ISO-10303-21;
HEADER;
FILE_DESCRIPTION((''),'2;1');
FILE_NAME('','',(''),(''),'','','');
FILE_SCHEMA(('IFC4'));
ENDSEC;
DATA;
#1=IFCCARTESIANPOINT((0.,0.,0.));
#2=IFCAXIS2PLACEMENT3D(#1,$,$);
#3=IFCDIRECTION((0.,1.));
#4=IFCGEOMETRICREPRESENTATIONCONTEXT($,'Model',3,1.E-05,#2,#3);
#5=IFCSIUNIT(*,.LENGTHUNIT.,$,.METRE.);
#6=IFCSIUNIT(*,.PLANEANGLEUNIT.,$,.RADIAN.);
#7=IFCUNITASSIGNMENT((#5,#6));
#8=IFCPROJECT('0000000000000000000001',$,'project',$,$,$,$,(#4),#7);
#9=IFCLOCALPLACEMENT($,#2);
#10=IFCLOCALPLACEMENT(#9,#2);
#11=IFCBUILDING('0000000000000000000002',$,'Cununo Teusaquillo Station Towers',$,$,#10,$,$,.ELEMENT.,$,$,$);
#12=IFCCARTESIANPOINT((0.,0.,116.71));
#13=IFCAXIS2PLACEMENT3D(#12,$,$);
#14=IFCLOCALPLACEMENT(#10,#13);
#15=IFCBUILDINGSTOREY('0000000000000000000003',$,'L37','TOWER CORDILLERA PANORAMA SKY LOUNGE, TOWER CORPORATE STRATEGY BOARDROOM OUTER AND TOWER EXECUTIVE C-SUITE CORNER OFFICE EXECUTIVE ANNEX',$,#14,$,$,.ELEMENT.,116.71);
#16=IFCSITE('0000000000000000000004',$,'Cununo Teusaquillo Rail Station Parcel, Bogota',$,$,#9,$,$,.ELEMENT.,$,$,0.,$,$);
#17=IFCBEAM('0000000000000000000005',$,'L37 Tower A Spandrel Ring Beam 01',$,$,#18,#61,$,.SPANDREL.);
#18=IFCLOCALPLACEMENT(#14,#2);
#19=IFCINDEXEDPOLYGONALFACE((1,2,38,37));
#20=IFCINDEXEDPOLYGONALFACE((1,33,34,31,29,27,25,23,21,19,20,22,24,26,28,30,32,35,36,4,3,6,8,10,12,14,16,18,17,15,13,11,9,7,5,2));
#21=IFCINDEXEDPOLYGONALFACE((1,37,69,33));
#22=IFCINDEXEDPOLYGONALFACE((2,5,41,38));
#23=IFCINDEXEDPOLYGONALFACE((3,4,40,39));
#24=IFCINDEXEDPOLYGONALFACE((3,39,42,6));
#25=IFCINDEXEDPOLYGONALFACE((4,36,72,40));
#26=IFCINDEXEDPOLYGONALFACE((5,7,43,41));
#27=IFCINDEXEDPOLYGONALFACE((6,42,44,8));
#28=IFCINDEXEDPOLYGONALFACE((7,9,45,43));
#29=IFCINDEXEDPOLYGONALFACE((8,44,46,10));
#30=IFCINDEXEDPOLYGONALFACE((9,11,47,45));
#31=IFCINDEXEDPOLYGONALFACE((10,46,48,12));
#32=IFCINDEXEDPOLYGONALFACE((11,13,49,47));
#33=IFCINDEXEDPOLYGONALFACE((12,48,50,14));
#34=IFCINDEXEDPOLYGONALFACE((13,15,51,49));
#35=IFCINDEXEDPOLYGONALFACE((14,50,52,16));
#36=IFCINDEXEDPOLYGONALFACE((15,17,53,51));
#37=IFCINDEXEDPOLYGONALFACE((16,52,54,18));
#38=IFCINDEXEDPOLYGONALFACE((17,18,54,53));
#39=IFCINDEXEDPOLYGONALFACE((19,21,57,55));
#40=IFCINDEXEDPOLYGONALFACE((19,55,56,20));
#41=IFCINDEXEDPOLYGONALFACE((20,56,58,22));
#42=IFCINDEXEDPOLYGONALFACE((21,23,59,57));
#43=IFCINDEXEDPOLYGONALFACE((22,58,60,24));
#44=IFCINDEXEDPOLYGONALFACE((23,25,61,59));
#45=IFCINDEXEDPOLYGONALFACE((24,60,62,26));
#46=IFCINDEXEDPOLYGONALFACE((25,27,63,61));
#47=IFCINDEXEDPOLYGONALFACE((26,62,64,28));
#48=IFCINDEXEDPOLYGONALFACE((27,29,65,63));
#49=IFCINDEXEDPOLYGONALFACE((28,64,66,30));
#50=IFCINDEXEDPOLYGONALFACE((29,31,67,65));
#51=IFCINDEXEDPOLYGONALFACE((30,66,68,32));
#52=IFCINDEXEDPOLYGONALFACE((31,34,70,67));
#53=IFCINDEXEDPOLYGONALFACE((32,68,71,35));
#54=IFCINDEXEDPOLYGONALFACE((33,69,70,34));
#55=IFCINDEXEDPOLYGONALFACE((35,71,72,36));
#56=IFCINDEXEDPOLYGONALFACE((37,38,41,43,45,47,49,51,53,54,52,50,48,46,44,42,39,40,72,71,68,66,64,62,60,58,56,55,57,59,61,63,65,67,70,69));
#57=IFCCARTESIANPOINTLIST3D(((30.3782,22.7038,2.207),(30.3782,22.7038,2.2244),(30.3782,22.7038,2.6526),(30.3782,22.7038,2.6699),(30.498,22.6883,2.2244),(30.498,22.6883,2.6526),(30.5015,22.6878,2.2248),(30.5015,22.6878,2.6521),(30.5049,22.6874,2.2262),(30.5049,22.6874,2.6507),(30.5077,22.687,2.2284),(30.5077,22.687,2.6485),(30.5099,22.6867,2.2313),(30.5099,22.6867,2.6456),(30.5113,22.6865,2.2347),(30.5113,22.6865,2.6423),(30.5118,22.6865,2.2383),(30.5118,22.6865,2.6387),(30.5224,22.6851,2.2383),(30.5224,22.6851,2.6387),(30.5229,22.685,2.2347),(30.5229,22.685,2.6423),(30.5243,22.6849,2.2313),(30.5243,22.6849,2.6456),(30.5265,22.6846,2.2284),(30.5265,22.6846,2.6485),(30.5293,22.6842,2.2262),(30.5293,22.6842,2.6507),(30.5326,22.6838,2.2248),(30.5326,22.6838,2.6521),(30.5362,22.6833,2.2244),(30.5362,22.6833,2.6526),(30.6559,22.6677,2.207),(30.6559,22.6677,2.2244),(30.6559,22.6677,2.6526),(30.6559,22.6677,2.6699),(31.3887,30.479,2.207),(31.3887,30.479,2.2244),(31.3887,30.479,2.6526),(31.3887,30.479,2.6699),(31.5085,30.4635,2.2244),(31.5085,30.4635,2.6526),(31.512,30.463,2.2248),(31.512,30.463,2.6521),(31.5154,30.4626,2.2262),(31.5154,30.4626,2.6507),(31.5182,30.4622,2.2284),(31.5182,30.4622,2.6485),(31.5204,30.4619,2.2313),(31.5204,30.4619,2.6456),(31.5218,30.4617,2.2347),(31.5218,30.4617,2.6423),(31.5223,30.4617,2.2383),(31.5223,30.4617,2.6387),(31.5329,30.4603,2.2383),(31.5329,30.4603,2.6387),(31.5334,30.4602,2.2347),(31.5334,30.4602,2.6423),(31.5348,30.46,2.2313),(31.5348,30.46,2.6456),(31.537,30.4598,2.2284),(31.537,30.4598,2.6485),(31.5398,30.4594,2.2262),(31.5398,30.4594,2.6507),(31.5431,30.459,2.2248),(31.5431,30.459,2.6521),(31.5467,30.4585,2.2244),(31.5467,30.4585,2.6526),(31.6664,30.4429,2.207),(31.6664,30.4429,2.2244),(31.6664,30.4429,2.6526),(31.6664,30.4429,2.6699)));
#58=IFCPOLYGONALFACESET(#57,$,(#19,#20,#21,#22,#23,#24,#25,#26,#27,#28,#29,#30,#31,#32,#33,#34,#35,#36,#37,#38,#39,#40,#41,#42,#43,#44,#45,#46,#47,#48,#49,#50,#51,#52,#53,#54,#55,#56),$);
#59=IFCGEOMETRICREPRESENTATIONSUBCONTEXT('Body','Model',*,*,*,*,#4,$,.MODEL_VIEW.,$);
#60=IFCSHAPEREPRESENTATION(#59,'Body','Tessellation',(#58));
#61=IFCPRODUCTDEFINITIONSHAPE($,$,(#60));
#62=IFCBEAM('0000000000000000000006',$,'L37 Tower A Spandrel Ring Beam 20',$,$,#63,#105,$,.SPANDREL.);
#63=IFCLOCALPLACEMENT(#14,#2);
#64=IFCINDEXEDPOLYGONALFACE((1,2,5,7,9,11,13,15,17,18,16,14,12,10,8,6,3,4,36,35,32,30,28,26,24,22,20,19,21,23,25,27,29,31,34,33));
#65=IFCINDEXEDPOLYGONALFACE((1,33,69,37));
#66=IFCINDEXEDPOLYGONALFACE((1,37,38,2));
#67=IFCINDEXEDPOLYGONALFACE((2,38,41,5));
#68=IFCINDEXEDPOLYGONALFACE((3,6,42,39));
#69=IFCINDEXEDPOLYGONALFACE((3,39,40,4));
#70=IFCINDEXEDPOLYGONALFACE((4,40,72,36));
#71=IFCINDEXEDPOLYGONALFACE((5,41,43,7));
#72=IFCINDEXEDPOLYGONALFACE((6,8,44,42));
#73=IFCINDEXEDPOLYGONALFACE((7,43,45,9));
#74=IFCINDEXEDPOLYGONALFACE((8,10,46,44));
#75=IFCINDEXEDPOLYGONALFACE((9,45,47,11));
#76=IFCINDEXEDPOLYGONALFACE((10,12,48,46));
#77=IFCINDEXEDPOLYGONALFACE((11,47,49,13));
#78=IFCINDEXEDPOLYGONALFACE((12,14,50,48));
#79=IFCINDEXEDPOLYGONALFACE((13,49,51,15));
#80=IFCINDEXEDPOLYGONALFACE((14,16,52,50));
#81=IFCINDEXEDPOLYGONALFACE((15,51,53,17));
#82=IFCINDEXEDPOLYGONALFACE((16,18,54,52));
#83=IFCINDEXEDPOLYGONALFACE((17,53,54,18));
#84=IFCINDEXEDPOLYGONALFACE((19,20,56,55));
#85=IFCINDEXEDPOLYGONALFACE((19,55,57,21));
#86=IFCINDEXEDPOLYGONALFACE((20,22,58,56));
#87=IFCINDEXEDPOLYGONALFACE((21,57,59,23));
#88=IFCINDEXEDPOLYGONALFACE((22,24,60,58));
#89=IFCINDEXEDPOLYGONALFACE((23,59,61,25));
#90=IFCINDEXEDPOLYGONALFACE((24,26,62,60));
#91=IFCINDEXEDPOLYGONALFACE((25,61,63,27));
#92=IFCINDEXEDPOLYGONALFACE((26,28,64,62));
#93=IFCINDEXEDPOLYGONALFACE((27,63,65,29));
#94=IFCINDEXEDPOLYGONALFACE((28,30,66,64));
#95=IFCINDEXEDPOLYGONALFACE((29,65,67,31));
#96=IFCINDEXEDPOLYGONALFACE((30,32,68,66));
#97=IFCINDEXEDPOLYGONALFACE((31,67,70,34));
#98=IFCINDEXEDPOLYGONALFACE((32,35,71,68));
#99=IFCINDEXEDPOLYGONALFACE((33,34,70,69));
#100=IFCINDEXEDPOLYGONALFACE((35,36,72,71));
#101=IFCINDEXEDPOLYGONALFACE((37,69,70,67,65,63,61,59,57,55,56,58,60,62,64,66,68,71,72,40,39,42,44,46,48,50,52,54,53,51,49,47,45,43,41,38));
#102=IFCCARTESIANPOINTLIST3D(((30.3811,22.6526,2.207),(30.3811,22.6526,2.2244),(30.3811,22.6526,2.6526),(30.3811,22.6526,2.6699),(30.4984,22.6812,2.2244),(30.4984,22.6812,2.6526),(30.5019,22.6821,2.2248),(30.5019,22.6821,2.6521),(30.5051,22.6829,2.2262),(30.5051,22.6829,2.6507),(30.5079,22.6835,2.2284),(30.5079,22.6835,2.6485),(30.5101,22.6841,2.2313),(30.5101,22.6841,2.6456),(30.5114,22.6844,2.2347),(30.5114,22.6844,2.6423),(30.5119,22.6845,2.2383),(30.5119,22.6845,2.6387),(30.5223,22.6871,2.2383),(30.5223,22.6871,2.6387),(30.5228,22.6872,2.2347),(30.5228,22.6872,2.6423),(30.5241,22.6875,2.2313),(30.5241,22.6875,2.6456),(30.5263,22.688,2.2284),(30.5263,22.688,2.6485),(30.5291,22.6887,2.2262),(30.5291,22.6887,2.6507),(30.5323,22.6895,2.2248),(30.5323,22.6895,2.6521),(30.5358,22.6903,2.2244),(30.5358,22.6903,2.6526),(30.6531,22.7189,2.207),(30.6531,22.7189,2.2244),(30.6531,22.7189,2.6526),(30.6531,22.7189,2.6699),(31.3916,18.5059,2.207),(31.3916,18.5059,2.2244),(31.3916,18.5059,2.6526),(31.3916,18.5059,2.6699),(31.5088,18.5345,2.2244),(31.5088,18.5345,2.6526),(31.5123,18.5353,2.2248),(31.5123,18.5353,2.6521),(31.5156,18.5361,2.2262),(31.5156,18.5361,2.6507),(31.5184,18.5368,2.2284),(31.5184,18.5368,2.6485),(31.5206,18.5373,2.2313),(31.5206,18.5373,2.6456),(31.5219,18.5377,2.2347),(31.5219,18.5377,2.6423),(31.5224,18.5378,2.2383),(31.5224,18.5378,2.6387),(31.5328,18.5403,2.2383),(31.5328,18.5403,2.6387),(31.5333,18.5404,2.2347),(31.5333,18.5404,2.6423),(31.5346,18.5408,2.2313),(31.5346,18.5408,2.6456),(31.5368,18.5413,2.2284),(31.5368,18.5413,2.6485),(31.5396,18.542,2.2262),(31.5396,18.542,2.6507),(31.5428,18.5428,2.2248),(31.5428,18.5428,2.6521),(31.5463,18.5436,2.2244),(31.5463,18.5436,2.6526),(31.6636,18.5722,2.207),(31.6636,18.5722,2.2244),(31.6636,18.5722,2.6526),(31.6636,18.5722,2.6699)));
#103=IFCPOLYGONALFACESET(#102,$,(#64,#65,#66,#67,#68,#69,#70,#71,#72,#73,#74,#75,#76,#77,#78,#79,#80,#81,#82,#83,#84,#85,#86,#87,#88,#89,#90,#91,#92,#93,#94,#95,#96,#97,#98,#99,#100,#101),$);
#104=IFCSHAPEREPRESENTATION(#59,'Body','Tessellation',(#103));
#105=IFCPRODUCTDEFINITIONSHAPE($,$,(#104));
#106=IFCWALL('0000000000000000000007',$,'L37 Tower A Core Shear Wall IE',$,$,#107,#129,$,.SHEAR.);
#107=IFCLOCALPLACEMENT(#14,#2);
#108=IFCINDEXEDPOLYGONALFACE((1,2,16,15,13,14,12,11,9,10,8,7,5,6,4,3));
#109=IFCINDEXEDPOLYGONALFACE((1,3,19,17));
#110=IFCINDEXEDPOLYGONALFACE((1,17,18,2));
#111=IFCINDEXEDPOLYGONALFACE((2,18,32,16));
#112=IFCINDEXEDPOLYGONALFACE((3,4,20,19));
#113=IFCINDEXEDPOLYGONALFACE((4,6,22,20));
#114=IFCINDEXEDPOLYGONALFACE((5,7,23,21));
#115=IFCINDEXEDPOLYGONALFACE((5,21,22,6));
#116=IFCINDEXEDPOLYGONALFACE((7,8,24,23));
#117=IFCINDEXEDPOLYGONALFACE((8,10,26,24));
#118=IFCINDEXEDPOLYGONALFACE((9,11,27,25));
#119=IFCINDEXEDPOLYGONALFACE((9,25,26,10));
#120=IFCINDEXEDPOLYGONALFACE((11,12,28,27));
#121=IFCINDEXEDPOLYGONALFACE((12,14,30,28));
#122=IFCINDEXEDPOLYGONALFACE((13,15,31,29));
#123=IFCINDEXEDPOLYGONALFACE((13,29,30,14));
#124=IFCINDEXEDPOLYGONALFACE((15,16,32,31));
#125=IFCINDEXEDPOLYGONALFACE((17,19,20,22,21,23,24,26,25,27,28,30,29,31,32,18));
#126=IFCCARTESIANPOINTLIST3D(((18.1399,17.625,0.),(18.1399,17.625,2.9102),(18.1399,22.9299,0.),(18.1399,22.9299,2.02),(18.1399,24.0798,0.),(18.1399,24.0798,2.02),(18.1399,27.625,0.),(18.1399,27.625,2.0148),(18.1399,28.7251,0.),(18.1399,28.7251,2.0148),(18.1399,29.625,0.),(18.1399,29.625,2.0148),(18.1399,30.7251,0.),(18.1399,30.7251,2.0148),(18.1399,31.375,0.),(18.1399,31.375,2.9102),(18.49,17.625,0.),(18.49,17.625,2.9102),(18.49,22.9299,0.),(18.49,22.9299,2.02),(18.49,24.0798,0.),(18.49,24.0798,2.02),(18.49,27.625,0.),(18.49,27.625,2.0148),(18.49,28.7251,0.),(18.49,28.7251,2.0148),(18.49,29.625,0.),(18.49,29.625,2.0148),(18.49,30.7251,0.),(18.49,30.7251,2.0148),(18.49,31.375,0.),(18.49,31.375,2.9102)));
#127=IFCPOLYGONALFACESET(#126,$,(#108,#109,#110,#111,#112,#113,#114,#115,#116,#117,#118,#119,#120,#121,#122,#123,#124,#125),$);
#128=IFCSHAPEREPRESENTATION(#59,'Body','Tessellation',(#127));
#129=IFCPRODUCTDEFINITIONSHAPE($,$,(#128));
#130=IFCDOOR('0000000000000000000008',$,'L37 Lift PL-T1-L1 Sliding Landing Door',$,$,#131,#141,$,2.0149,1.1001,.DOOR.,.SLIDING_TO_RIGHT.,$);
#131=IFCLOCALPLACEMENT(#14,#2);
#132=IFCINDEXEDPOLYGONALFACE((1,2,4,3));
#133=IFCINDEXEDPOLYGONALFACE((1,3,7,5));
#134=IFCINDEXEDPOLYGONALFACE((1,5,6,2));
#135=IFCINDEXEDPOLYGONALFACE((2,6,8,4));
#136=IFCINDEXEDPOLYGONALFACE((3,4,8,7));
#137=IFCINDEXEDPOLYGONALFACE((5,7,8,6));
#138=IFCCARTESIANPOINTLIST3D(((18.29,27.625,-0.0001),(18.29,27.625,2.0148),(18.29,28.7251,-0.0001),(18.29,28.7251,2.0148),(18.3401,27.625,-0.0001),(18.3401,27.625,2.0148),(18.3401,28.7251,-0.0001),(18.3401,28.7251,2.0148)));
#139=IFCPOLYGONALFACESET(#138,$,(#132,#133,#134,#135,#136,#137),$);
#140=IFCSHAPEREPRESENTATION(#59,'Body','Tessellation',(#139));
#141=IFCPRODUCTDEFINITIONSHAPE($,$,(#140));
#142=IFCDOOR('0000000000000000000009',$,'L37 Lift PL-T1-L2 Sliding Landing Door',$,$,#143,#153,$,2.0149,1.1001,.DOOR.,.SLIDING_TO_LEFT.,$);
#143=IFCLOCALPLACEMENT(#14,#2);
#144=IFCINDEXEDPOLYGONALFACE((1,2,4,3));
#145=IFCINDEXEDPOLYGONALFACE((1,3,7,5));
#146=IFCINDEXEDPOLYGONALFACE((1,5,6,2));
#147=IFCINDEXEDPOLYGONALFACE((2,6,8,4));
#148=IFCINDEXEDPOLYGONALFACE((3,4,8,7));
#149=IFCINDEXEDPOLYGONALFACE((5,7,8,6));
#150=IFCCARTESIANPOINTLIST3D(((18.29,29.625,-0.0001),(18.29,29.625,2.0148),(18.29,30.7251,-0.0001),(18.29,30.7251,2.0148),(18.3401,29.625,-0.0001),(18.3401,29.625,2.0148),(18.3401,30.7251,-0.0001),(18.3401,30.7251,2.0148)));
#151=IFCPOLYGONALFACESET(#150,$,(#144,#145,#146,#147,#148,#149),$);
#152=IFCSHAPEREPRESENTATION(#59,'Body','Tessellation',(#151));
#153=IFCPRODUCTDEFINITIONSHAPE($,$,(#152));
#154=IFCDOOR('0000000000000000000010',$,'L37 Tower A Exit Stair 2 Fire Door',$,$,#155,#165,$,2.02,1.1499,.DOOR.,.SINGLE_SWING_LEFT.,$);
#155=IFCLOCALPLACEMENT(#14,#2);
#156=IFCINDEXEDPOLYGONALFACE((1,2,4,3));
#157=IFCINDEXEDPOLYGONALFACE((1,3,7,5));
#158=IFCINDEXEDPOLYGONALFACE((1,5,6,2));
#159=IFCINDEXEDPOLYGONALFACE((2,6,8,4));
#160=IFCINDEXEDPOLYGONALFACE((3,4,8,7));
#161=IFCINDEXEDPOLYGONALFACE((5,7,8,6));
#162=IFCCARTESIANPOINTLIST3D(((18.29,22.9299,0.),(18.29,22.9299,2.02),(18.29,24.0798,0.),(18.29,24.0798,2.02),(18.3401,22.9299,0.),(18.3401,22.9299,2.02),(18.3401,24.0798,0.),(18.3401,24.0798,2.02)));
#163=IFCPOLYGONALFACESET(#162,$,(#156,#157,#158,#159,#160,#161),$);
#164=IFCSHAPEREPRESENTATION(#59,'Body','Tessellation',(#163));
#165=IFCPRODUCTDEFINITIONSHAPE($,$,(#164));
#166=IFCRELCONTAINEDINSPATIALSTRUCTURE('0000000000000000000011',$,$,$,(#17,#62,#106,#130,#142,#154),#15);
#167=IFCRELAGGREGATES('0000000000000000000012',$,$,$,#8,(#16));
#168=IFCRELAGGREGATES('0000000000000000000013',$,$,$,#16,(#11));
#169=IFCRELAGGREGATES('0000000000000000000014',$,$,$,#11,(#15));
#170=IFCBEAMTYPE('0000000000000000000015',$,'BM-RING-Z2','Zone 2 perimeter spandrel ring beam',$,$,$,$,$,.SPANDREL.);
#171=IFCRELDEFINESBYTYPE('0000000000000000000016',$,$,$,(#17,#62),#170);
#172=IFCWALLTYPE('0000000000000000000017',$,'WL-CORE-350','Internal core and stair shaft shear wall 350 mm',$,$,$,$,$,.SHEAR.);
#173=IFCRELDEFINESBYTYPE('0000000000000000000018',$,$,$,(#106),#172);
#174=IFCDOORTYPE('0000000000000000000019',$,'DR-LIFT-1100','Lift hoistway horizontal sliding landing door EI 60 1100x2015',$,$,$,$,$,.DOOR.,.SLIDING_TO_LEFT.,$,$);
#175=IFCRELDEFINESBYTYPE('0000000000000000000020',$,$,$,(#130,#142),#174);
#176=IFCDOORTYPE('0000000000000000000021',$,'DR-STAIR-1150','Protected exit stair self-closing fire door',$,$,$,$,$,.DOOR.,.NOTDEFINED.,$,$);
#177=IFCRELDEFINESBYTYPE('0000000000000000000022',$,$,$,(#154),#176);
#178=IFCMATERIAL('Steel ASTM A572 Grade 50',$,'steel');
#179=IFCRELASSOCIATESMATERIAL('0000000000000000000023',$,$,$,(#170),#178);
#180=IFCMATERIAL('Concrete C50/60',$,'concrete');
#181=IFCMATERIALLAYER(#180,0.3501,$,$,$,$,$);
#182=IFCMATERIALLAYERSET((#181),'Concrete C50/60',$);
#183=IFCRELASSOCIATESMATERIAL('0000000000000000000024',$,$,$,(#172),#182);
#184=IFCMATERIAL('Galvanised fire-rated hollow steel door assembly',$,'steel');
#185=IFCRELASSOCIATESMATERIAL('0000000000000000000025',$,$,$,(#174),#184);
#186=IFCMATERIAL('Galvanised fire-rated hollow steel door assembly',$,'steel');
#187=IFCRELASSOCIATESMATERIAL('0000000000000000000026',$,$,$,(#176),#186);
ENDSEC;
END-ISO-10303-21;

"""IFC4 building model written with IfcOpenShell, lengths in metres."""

from ifc_helpers import new_model, si_unit, direction, frame, frame_2d, origin, origin_2d, place, context, subcontext, project, spatial, rectangle, i_section, extrude, source, transform, mapped, material, layer, layer_set, material_profile, profile_set, type_object, element, fill, save


model = new_model("IFC4")

# Units and contexts
model_context = context("Model", 3, precision=1e-05, world=origin(), true_north=direction((0.0, 1.0)))
body_context = subcontext(model_context, "Body", "Model", "MODEL_VIEW")
ifc_project = project(units=[si_unit("LENGTHUNIT", "METRE"), si_unit("PLANEANGLEUNIT", "RADIAN")], contexts=[model_context])

# Site, building, storey
site_placement = place(None, origin())
site = spatial("IfcSite", under=ifc_project, at=site_placement, Name="Cununo Teusaquillo Rail Station Parcel, Bogota", CompositionType="ELEMENT", RefElevation=0.0)
building_placement = place(site_placement, origin())
building = spatial("IfcBuilding", under=site, at=building_placement, Name="Cununo Teusaquillo Station Towers", CompositionType="ELEMENT")
storey_placement = place(building_placement, frame((0.0, 0.0, 116.71)))
storey = spatial("IfcBuildingStorey", under=building, at=storey_placement, Name="L37", Description="TOWER CORDILLERA PANORAMA SKY LOUNGE, TOWER CORPORATE STRATEGY BOARDROOM OUTER AND TOWER EXECUTIVE C-SUITE CORNER OFFICE EXECUTIVE ANNEX", CompositionType="ELEMENT", Elevation=116.71)

# Beams
ifc_material_1 = material(Name="Steel ASTM A572 Grade 50", Category="steel")
ifc_material_profile_1 = material_profile(ifc_material_1, i_section(OverallWidth=0.28, OverallDepth=0.4629, WebThickness=0.0107, FlangeThickness=0.0173, FilletRadius=0.0139, at=origin_2d()), Name="W18X76")
ifc_profile_set_1 = profile_set([ifc_material_profile_1], Name="Steel ASTM A572 Grade 50")
beam_type_1 = type_object("IfcBeamType", Name="BM-RING-Z2", Description="Zone 2 perimeter spandrel ring beam", PredefinedType="SPANDREL", material=ifc_profile_set_1)
beam_1_placement = place(storey_placement, frame((30.5171, 22.6858, 2.4385), z_axis=(0.128881, 0.99166, 0.0), x_axis=(-0.99166, 0.128881, 0.0)))
element("IfcBeam", 1, at=beam_1_placement, inside=storey, type_object=beam_type_1, Name="L37 Tower A Spandrel Ring Beam 01", PredefinedType="SPANDREL", context=body_context, shape_type="SweptSolid", body=[
    extrude(i_section(OverallWidth=0.28, OverallDepth=0.4629, WebThickness=0.0107, FlangeThickness=0.0173, FilletRadius=0.0139, at=origin_2d()), origin(), (0.0, 0.0, 1.0), 7.8406),
])
beam_2_placement = place(storey_placement, frame((31.5276, 18.5391, 2.4385), z_axis=(-0.236757, 0.971569, 0.0), x_axis=(-0.971569, -0.236757, 0.0)))
element("IfcBeam", 2, at=beam_2_placement, inside=storey, type_object=beam_type_1, Name="L37 Tower A Spandrel Ring Beam 20", PredefinedType="SPANDREL", context=body_context, shape_type="SweptSolid", body=[
    extrude(i_section(OverallWidth=0.28, OverallDepth=0.4629, WebThickness=0.0107, FlangeThickness=0.0173, FilletRadius=0.0139, at=origin_2d()), origin(), (0.0, 0.0, 1.0), 4.2681),
])

# Wall, openings, doors
ifc_material_2 = material(Name="Concrete C50/60", Category="concrete")
ifc_layer_1 = layer(ifc_material_2, 0.3501)
ifc_layer_set_1 = layer_set([ifc_layer_1], Name="Concrete C50/60")
wall_type_1 = type_object("IfcWallType", Name="WL-CORE-350", Description="Internal core and stair shaft shear wall 350 mm", PredefinedType="SHEAR", material=ifc_layer_set_1)
wall_1_placement = place(storey_placement, frame((18.3149, 17.625, 0.0), z_axis=(0.0, 0.0, 1.0), x_axis=(0.0, 1.0, 0.0)))
wall_1 = element("IfcWall", 3, at=wall_1_placement, inside=storey, type_object=wall_type_1, Name="L37 Tower A Core Shear Wall IE", PredefinedType="SHEAR", context=body_context, shape_type="SweptSolid", body=[
    extrude(rectangle(XDim=13.75, YDim=0.3501, at=frame_2d((6.875, 0.0))), origin(), (0.0, 0.0, 1.0), 2.9102),
])
shared_shape_1 = source(origin(), body_context, "Body", "SweptSolid", [
    extrude(rectangle(XDim=1.1001, YDim=2.0149, at=frame_2d((0.55, 1.0073))), frame((0.0, 0.1851, 0.0), z_axis=(0.0, -1.0, 0.0), x_axis=(1.0, 0.0, 0.0)), (0.0, 0.0, 1.0), 0.3701),
])
opening_1_placement = place(wall_1_placement, frame((10.0, 0.0, 0.0)))
opening_1 = element("IfcOpeningElement", 4, at=opening_1_placement, cuts=wall_1, PredefinedType="OPENING", context=body_context, shape_type="MappedRepresentation", body=[
    mapped(shared_shape_1, transform((0.0, 0.0, 0.0), x_axis=(1.0, 0.0, 0.0), y_axis=(0.0, 1.0, 0.0), z_axis=(0.0, 0.0, 1.0), scale=1.0)),
])
opening_2_placement = place(wall_1_placement, frame((12.0, 0.0, 0.0)))
opening_2 = element("IfcOpeningElement", 5, at=opening_2_placement, cuts=wall_1, PredefinedType="OPENING", context=body_context, shape_type="MappedRepresentation", body=[
    mapped(shared_shape_1, transform((0.0, 0.0, 0.0), x_axis=(1.0, 0.0, 0.0), y_axis=(0.0, 1.0, 0.0), z_axis=(0.0, 0.0, 1.0), scale=1.0)),
])
shared_shape_2 = source(origin(), body_context, "Body", "SweptSolid", [
    extrude(rectangle(XDim=1.1499, YDim=2.02, at=frame_2d((0.575, 1.01))), frame((0.0, 0.1851, 0.0), z_axis=(0.0, -1.0, 0.0), x_axis=(1.0, 0.0, 0.0)), (0.0, 0.0, 1.0), 0.3701),
])
opening_3_placement = place(wall_1_placement, frame((5.3049, 0.0, 0.0)))
opening_3 = element("IfcOpeningElement", 6, at=opening_3_placement, cuts=wall_1, PredefinedType="OPENING", context=body_context, shape_type="MappedRepresentation", body=[
    mapped(shared_shape_2, transform((0.0, 0.0, 0.0), x_axis=(1.0, 0.0, 0.0), y_axis=(0.0, 1.0, 0.0), z_axis=(0.0, 0.0, 1.0), scale=1.0)),
])
ifc_material_3 = material(Name="Galvanised fire-rated hollow steel door assembly", Category="steel")
door_type_1 = type_object("IfcDoorType", Name="DR-LIFT-1100", Description="Lift hoistway horizontal sliding landing door EI 60 1100x2015", OperationType="SLIDING_TO_LEFT", PredefinedType="DOOR", material=ifc_material_3)
shared_shape_3 = source(origin(), body_context, "Body", "SweptSolid", [
    extrude(rectangle(XDim=1.1001, YDim=2.0149, at=frame_2d((0.55, 1.0073))), frame((0.0, 0.0249, 0.0), z_axis=(0.0, -1.0, 0.0), x_axis=(1.0, 0.0, 0.0)), (0.0, 0.0, 1.0), 0.05),
])
door_1_placement = place(opening_1_placement, origin())
door_1 = element("IfcDoor", 7, at=door_1_placement, inside=storey, type_object=door_type_1, Name="L37 Lift PL-T1-L1 Sliding Landing Door", OperationType="SLIDING_TO_RIGHT", OverallHeight=2.0149, OverallWidth=1.1001, PredefinedType="DOOR", context=body_context, shape_type="MappedRepresentation", body=[
    mapped(shared_shape_3, transform((0.0, 0.0, 0.0), x_axis=(1.0, 0.0, 0.0), y_axis=(0.0, 1.0, 0.0), z_axis=(0.0, 0.0, 1.0), scale=1.0)),
])
fill(opening_1, door_1)
door_2_placement = place(opening_2_placement, origin())
door_2 = element("IfcDoor", 8, at=door_2_placement, inside=storey, type_object=door_type_1, Name="L37 Lift PL-T1-L2 Sliding Landing Door", OperationType="SLIDING_TO_LEFT", OverallHeight=2.0149, OverallWidth=1.1001, PredefinedType="DOOR", context=body_context, shape_type="MappedRepresentation", body=[
    mapped(shared_shape_3, transform((0.0, 0.0, 0.0), x_axis=(1.0, 0.0, 0.0), y_axis=(0.0, 1.0, 0.0), z_axis=(0.0, 0.0, 1.0), scale=1.0)),
])
fill(opening_2, door_2)
ifc_material_4 = material(Name="Galvanised fire-rated hollow steel door assembly", Category="steel")
door_type_2 = type_object("IfcDoorType", Name="DR-STAIR-1150", Description="Protected exit stair self-closing fire door", OperationType="NOTDEFINED", PredefinedType="DOOR", material=ifc_material_4)
shared_shape_4 = source(origin(), body_context, "Body", "SweptSolid", [
    extrude(rectangle(XDim=1.1499, YDim=2.02, at=frame_2d((0.575, 1.01))), frame((0.0, 0.0249, 0.0), z_axis=(0.0, -1.0, 0.0), x_axis=(1.0, 0.0, 0.0)), (0.0, 0.0, 1.0), 0.05),
])
door_3_placement = place(opening_3_placement, origin())
door_3 = element("IfcDoor", 9, at=door_3_placement, inside=storey, type_object=door_type_2, Name="L37 Tower A Exit Stair 2 Fire Door", OperationType="SINGLE_SWING_LEFT", OverallHeight=2.02, OverallWidth=1.1499, PredefinedType="DOOR", context=body_context, shape_type="MappedRepresentation", body=[
    mapped(shared_shape_4, transform((0.0, 0.0, 0.0), x_axis=(1.0, 0.0, 0.0), y_axis=(0.0, 1.0, 0.0), z_axis=(0.0, 0.0, 1.0), scale=1.0)),
])
fill(opening_3, door_3)

save(model, "model.ifc")
